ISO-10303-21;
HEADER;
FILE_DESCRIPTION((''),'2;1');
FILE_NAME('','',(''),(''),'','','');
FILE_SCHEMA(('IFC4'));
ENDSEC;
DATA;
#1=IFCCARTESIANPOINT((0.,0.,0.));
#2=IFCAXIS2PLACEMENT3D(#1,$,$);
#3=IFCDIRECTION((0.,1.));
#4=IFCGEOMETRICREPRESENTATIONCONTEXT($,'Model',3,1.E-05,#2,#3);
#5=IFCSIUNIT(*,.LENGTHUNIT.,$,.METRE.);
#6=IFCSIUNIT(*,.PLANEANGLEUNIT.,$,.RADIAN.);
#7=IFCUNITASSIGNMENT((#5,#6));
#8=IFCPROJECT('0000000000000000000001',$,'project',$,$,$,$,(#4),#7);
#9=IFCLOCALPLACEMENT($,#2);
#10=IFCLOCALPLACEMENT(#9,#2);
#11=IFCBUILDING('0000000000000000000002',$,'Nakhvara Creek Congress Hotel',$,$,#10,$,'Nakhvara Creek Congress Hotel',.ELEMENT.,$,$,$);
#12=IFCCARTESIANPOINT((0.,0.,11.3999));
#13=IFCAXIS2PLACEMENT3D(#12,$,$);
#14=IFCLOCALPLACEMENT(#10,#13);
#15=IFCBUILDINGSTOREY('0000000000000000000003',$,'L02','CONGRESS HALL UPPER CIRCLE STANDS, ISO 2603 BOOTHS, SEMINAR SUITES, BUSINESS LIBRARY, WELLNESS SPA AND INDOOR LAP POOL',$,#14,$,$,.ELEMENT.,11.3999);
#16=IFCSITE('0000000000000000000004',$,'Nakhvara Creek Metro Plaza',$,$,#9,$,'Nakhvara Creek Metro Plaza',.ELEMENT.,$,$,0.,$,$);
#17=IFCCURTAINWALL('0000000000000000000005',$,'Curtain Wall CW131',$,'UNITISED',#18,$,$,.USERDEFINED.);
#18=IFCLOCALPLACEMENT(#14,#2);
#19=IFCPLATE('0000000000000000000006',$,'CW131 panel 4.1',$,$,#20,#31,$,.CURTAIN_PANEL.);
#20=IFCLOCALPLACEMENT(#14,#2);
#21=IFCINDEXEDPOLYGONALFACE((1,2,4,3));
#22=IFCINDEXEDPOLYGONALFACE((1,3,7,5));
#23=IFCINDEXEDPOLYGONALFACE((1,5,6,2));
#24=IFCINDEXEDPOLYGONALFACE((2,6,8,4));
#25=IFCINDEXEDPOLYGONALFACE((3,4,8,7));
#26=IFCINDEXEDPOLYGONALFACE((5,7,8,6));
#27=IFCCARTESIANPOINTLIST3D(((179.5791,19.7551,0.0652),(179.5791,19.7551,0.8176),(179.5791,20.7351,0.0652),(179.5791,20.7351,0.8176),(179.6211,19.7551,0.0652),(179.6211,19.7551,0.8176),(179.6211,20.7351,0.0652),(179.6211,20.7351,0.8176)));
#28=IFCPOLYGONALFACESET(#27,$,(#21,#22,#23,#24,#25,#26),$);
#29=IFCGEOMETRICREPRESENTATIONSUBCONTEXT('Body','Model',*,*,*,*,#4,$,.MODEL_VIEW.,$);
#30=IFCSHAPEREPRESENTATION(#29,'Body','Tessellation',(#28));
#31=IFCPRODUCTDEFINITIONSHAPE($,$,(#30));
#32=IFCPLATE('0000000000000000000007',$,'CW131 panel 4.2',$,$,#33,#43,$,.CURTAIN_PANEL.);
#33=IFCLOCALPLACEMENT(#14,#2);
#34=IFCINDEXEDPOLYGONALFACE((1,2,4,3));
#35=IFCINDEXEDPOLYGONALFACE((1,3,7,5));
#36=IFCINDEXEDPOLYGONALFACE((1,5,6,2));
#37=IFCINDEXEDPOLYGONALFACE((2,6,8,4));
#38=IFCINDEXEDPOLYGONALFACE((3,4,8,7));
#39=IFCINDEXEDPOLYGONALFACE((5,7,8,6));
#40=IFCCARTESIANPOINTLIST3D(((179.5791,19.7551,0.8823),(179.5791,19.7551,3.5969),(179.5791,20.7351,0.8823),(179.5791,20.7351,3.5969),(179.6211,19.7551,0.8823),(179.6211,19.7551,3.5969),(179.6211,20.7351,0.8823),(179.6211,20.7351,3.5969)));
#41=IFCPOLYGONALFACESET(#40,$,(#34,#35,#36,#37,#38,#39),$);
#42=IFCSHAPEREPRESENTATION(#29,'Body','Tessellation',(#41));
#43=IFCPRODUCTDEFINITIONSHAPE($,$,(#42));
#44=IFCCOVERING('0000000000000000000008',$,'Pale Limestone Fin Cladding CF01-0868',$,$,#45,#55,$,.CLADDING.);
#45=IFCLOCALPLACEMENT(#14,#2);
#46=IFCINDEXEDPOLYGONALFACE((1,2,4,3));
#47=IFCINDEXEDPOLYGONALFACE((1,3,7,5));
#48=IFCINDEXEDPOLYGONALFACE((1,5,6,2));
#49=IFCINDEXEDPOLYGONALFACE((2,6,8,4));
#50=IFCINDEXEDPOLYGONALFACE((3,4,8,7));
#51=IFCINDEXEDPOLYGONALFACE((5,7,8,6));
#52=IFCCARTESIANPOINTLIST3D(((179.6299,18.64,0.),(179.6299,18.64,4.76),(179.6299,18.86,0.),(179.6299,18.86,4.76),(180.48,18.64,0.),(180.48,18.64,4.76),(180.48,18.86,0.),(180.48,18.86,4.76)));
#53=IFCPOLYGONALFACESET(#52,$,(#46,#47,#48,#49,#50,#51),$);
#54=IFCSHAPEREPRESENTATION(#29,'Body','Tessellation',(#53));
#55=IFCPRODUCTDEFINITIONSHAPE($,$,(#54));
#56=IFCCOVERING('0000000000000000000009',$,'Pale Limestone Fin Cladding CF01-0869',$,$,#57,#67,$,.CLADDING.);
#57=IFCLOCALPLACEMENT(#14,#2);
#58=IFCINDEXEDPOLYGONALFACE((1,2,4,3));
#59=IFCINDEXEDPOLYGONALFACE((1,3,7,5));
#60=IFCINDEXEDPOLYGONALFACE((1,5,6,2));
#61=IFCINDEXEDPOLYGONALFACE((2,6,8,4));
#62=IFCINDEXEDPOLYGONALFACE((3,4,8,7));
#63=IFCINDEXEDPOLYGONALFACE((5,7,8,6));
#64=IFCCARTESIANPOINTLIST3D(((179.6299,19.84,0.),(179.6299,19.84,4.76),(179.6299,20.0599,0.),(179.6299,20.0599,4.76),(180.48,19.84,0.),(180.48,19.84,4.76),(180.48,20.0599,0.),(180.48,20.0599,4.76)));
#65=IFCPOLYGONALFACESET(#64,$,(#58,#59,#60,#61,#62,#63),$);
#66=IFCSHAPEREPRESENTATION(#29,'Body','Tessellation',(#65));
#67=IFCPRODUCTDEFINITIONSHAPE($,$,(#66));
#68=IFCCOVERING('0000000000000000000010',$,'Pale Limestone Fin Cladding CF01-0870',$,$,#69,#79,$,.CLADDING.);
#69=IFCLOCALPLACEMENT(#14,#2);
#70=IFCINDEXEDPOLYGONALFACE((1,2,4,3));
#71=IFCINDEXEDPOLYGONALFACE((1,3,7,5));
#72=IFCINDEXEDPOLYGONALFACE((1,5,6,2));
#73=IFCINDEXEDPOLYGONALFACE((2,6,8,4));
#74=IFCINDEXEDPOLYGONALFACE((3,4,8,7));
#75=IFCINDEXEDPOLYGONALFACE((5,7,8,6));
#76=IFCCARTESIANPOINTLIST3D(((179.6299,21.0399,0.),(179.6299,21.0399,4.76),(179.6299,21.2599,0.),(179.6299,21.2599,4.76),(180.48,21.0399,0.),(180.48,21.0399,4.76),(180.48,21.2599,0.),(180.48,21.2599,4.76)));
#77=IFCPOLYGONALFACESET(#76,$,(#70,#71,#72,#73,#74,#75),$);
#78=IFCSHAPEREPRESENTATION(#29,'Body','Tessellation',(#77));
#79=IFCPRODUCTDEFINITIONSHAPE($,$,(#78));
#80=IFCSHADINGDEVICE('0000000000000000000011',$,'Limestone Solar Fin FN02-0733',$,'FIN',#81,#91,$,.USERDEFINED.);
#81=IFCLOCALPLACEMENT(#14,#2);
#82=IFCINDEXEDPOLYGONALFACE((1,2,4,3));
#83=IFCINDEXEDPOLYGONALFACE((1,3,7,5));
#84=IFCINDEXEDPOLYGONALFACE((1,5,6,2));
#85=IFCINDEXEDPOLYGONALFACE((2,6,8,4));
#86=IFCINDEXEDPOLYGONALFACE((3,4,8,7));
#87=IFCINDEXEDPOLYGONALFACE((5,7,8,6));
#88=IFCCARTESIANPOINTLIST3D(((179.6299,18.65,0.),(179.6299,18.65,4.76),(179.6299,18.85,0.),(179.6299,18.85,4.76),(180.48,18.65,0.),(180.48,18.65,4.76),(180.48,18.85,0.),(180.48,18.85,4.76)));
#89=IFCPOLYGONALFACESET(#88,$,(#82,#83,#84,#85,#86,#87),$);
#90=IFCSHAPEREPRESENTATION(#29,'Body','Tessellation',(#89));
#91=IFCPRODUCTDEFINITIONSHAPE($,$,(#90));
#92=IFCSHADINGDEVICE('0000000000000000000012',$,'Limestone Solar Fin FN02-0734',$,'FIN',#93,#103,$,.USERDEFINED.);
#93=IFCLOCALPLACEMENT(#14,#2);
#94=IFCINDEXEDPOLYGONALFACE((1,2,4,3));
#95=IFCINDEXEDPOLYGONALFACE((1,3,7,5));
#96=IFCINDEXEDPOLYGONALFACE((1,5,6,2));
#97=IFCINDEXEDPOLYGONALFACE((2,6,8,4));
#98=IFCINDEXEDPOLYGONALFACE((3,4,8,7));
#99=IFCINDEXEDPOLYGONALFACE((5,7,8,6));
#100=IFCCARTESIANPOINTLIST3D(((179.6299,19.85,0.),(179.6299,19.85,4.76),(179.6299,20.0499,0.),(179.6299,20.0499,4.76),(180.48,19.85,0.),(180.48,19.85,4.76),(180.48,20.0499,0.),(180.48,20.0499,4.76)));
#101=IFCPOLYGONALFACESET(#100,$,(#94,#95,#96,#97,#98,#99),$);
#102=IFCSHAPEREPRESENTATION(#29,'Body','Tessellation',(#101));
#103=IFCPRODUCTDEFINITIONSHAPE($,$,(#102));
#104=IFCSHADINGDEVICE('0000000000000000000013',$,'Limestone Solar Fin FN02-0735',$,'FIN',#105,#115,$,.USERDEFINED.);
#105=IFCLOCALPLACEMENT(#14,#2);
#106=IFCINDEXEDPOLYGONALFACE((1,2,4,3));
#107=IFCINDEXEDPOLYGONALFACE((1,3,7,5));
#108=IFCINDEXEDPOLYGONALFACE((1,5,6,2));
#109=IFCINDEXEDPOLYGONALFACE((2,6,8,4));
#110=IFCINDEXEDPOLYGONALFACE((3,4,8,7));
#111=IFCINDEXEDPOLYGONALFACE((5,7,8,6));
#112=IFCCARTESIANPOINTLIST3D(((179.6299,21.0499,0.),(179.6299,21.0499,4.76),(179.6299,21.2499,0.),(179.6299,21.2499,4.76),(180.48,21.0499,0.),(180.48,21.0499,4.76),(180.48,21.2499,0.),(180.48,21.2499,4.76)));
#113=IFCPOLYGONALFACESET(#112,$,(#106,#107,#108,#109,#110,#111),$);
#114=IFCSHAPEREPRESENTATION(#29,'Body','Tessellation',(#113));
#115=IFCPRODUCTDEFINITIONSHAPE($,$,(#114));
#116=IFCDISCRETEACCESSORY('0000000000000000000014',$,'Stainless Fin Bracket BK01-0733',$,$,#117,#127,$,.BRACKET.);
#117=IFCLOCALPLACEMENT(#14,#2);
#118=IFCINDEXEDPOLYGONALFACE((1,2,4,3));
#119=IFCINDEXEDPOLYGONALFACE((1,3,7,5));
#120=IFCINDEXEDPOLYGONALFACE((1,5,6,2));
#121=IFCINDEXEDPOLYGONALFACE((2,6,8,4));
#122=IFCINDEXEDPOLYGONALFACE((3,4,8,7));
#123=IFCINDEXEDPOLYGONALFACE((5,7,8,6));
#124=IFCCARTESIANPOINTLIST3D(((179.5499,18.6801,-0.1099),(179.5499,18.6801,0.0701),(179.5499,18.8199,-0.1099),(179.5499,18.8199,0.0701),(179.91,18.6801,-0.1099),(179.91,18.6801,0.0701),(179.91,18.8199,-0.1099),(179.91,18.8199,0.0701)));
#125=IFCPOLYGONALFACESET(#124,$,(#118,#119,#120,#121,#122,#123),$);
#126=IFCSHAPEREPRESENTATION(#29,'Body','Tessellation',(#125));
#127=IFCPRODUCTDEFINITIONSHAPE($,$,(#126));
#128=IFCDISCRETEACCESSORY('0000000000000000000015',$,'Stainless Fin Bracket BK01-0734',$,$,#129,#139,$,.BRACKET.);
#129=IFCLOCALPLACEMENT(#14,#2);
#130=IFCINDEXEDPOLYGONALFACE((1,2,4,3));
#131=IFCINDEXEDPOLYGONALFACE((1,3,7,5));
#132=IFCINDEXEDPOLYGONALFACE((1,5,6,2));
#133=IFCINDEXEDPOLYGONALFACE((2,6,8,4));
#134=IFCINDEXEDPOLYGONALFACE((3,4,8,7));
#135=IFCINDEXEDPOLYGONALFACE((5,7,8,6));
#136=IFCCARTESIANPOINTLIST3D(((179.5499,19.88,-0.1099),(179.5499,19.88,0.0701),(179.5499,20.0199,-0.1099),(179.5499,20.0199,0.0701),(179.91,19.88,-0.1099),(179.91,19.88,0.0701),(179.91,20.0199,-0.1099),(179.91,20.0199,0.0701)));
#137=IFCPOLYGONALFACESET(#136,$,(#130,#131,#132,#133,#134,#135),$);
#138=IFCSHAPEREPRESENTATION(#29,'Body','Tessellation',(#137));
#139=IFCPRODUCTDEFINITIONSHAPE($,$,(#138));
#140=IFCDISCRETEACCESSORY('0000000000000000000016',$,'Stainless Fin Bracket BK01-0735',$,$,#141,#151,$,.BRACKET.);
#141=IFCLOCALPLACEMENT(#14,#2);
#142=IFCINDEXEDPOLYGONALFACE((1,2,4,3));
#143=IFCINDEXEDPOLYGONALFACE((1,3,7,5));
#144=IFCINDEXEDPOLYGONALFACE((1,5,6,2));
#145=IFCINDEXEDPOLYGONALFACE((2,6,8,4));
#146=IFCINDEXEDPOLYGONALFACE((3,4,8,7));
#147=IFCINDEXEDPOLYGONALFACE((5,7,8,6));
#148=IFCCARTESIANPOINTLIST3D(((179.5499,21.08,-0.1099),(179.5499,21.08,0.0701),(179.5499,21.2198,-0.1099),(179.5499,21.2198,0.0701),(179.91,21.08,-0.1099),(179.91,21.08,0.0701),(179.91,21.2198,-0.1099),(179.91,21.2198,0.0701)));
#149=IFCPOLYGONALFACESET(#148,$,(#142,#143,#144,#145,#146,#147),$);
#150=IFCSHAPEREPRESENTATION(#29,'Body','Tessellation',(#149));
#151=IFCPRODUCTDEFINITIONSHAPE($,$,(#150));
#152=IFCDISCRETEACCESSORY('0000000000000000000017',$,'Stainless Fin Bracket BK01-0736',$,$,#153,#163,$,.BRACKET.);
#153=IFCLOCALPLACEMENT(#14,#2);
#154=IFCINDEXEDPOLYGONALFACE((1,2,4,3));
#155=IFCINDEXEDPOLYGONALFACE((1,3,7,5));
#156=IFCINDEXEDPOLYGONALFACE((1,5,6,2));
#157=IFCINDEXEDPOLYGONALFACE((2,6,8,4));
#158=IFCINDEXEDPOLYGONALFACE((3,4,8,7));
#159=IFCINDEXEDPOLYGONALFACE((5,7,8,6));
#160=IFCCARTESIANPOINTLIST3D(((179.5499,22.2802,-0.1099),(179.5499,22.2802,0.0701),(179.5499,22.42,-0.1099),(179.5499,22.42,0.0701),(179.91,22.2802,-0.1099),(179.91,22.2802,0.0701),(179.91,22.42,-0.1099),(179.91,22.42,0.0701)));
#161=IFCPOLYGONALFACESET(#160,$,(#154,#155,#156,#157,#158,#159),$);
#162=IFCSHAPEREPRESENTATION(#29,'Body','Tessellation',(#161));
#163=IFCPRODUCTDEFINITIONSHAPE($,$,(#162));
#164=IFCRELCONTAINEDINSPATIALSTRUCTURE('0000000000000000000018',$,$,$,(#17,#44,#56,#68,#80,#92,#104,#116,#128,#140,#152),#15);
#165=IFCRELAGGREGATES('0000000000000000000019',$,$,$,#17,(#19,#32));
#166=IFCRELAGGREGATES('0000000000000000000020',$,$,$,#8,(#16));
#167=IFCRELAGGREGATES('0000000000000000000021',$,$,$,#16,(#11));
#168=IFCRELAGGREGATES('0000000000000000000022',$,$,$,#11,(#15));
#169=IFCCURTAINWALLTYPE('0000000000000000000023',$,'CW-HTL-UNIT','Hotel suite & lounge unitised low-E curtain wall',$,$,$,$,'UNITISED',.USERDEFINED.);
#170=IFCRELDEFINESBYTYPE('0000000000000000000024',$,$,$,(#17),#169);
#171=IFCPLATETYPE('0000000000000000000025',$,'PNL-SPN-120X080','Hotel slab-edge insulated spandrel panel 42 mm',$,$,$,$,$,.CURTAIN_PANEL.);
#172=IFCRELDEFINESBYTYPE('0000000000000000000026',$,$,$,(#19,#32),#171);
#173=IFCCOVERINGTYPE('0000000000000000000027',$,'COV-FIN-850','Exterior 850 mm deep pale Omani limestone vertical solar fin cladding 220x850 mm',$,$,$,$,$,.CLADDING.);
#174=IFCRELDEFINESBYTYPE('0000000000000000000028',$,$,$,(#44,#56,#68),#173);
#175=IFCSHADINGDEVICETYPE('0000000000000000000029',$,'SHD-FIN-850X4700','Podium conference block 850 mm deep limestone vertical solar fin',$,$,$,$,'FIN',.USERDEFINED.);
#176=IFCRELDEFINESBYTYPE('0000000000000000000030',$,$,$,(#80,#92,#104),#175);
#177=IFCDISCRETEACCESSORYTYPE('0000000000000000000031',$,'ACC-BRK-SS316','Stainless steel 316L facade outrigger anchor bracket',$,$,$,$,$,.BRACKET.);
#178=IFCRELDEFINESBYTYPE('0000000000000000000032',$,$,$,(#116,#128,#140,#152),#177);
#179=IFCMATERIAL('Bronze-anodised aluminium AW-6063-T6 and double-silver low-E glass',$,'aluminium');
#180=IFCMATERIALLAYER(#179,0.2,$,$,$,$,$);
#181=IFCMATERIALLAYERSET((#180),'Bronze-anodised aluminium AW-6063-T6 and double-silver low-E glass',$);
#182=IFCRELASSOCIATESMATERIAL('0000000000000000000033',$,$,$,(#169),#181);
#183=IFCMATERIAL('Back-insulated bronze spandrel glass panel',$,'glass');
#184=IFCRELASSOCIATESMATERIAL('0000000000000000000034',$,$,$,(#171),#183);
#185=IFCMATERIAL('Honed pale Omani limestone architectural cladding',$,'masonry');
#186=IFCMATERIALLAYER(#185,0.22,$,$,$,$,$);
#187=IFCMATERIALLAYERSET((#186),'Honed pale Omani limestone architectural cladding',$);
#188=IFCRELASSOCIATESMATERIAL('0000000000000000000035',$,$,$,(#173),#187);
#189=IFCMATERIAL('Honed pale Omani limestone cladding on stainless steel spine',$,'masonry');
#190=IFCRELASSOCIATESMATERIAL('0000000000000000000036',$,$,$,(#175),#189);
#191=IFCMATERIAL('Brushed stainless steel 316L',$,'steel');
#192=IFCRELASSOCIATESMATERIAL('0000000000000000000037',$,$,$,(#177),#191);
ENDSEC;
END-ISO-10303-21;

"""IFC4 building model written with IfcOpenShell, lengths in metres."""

from ifc_helpers import new_model, si_unit, direction, frame, origin, origin_2d, place, context, subcontext, project, spatial, rectangle, extrude, material, layer, layer_set, type_object, element, aggregate, save


model = new_model("IFC4")

# Units and contexts
model_context = context("Model", 3, precision=1e-05, world=origin(), true_north=direction((0.0, 1.0)))
body_context = subcontext(model_context, "Body", "Model", "MODEL_VIEW")
ifc_project = project(units=[si_unit("LENGTHUNIT", "METRE"), si_unit("PLANEANGLEUNIT", "RADIAN")], contexts=[model_context])

# Site, building, storey
site_placement = place(None, origin())
site = spatial("IfcSite", under=ifc_project, at=site_placement, Name="Nakhvara Creek Metro Plaza", LongName="Nakhvara Creek Metro Plaza", CompositionType="ELEMENT", RefElevation=0.0)
building_placement = place(site_placement, origin())
building = spatial("IfcBuilding", under=site, at=building_placement, Name="Nakhvara Creek Congress Hotel", LongName="Nakhvara Creek Congress Hotel", CompositionType="ELEMENT")
storey_placement = place(building_placement, frame((0.0, 0.0, 11.3999)))
storey = spatial("IfcBuildingStorey", under=building, at=storey_placement, Name="L02", Description="CONGRESS HALL UPPER CIRCLE STANDS, ISO 2603 BOOTHS, SEMINAR SUITES, BUSINESS LIBRARY, WELLNESS SPA AND INDOOR LAP POOL", CompositionType="ELEMENT", Elevation=11.3999)

# Curtain wall, plates
ifc_material_1 = material(Name="Bronze-anodised aluminium AW-6063-T6 and double-silver low-E glass", Category="aluminium")
ifc_layer_1 = layer(ifc_material_1, 0.2)
ifc_layer_set_1 = layer_set([ifc_layer_1], Name="Bronze-anodised aluminium AW-6063-T6 and double-silver low-E glass")
curtain_wall_type = type_object("IfcCurtainWallType", Name="CW-HTL-UNIT", Description="Hotel suite & lounge unitised low-E curtain wall", ElementType="UNITISED", PredefinedType="USERDEFINED", material=ifc_layer_set_1)
curtain_wall_placement = place(storey_placement, origin())
curtain_wall = element("IfcCurtainWall", 1, at=curtain_wall_placement, inside=storey, type_object=curtain_wall_type, Name="Curtain Wall CW131", ObjectType="UNITISED", PredefinedType="USERDEFINED")
ifc_material_2 = material(Name="Back-insulated bronze spandrel glass panel", Category="glass")
plate_type = type_object("IfcPlateType", Name="PNL-SPN-120X080", Description="Hotel slab-edge insulated spandrel panel 42 mm", PredefinedType="CURTAIN_PANEL", material=ifc_material_2)
plate_1_placement = place(storey_placement, frame((179.6001, 20.2451, 0.0652), z_axis=(0.0, 0.0, 1.0), x_axis=(0.0, -1.0, 0.0)))
plate_1 = element("IfcPlate", 2, at=plate_1_placement, type_object=plate_type, Name="CW131 panel 4.1", PredefinedType="CURTAIN_PANEL", context=body_context, shape_type="SweptSolid", body=[
    extrude(rectangle(XDim=0.98, YDim=0.042, at=origin_2d()), origin(), (0.0, 0.0, 1.0), 0.7524),
])
plate_2_placement = place(storey_placement, frame((179.6001, 20.2451, 0.8823), z_axis=(0.0, 0.0, 1.0), x_axis=(0.0, -1.0, 0.0)))
plate_2 = element("IfcPlate", 3, at=plate_2_placement, type_object=plate_type, Name="CW131 panel 4.2", PredefinedType="CURTAIN_PANEL", context=body_context, shape_type="SweptSolid", body=[
    extrude(rectangle(XDim=0.98, YDim=0.042, at=origin_2d()), origin(), (0.0, 0.0, 1.0), 2.7146),
])
aggregate(curtain_wall, [plate_1, plate_2])

# Coverings
ifc_material_3 = material(Name="Honed pale Omani limestone architectural cladding", Category="masonry")
ifc_layer_2 = layer(ifc_material_3, 0.22)
ifc_layer_set_2 = layer_set([ifc_layer_2], Name="Honed pale Omani limestone architectural cladding")
covering_type = type_object("IfcCoveringType", Name="COV-FIN-850", Description="Exterior 850 mm deep pale Omani limestone vertical solar fin cladding 220x850 mm", PredefinedType="CLADDING", material=ifc_layer_set_2)
for number, where, z_axis, x_axis, name in (
    (4, (180.0549, 18.75, 0.0), (0.0, 0.0, 1.0), (0.0, 1.0, 0.0), "Pale Limestone Fin Cladding CF01-0868"),
    (5, (180.0549, 19.95, 0.0), (0.0, 0.0, 1.0), (0.0, 1.0, 0.0), "Pale Limestone Fin Cladding CF01-0869"),
    (6, (180.0549, 21.1499, 0.0), (0.0, 0.0, 1.0), (0.0, 1.0, 0.0), "Pale Limestone Fin Cladding CF01-0870"),
):
    element("IfcCovering", number, at=place(storey_placement, frame(where, z_axis=z_axis, x_axis=x_axis)), inside=storey, type_object=covering_type, Name=name, PredefinedType="CLADDING", context=body_context, shape_type="SweptSolid", body=[
        extrude(rectangle(XDim=0.22, YDim=0.8501, at=origin_2d()), origin(), (0.0, 0.0, 1.0), 4.76),
    ])

# Shading devices
ifc_material_4 = material(Name="Honed pale Omani limestone cladding on stainless steel spine", Category="masonry")
shading_device_type = type_object("IfcShadingDeviceType", Name="SHD-FIN-850X4700", Description="Podium conference block 850 mm deep limestone vertical solar fin", ElementType="FIN", PredefinedType="USERDEFINED", material=ifc_material_4)
for number, where, z_axis, x_axis, name in (
    (7, (180.0549, 18.75, 0.0), (0.0, 0.0, 1.0), (0.0, 1.0, 0.0), "Limestone Solar Fin FN02-0733"),
    (8, (180.0549, 19.95, 0.0), (0.0, 0.0, 1.0), (0.0, 1.0, 0.0), "Limestone Solar Fin FN02-0734"),
    (9, (180.0549, 21.1499, 0.0), (0.0, 0.0, 1.0), (0.0, 1.0, 0.0), "Limestone Solar Fin FN02-0735"),
):
    element("IfcShadingDevice", number, at=place(storey_placement, frame(where, z_axis=z_axis, x_axis=x_axis)), inside=storey, type_object=shading_device_type, Name=name, ObjectType="FIN", PredefinedType="USERDEFINED", context=body_context, shape_type="SweptSolid", body=[
        extrude(rectangle(XDim=0.2, YDim=0.8501, at=origin_2d()), origin(), (0.0, 0.0, 1.0), 4.76),
    ])

# Discrete accessories
ifc_material_5 = material(Name="Brushed stainless steel 316L", Category="steel")
discrete_accessory_type = type_object("IfcDiscreteAccessoryType", Name="ACC-BRK-SS316", Description="Stainless steel 316L facade outrigger anchor bracket", PredefinedType="BRACKET", material=ifc_material_5)
for number, where, z_axis, x_axis, name in (
    (10, (179.73, 18.75, -0.1099), (0.0, 0.0, 1.0), (0.0, 1.0, 0.0), "Stainless Fin Bracket BK01-0733"),
    (11, (179.73, 19.95, -0.1099), (0.0, 0.0, 1.0), (0.0, 1.0, 0.0), "Stainless Fin Bracket BK01-0734"),
    (12, (179.73, 21.1499, -0.1099), (0.0, 0.0, 1.0), (0.0, 1.0, 0.0), "Stainless Fin Bracket BK01-0735"),
    (13, (179.73, 22.3501, -0.1099), (0.0, 0.0, 1.0), (0.0, 1.0, 0.0), "Stainless Fin Bracket BK01-0736"),
):
    element("IfcDiscreteAccessory", number, at=place(storey_placement, frame(where, z_axis=z_axis, x_axis=x_axis)), inside=storey, type_object=discrete_accessory_type, Name=name, PredefinedType="BRACKET", context=body_context, shape_type="SweptSolid", body=[
        extrude(rectangle(XDim=0.1399, YDim=0.3601, at=origin_2d()), origin(), (0.0, 0.0, 1.0), 0.1799),
    ])

save(model, "model.ifc")
